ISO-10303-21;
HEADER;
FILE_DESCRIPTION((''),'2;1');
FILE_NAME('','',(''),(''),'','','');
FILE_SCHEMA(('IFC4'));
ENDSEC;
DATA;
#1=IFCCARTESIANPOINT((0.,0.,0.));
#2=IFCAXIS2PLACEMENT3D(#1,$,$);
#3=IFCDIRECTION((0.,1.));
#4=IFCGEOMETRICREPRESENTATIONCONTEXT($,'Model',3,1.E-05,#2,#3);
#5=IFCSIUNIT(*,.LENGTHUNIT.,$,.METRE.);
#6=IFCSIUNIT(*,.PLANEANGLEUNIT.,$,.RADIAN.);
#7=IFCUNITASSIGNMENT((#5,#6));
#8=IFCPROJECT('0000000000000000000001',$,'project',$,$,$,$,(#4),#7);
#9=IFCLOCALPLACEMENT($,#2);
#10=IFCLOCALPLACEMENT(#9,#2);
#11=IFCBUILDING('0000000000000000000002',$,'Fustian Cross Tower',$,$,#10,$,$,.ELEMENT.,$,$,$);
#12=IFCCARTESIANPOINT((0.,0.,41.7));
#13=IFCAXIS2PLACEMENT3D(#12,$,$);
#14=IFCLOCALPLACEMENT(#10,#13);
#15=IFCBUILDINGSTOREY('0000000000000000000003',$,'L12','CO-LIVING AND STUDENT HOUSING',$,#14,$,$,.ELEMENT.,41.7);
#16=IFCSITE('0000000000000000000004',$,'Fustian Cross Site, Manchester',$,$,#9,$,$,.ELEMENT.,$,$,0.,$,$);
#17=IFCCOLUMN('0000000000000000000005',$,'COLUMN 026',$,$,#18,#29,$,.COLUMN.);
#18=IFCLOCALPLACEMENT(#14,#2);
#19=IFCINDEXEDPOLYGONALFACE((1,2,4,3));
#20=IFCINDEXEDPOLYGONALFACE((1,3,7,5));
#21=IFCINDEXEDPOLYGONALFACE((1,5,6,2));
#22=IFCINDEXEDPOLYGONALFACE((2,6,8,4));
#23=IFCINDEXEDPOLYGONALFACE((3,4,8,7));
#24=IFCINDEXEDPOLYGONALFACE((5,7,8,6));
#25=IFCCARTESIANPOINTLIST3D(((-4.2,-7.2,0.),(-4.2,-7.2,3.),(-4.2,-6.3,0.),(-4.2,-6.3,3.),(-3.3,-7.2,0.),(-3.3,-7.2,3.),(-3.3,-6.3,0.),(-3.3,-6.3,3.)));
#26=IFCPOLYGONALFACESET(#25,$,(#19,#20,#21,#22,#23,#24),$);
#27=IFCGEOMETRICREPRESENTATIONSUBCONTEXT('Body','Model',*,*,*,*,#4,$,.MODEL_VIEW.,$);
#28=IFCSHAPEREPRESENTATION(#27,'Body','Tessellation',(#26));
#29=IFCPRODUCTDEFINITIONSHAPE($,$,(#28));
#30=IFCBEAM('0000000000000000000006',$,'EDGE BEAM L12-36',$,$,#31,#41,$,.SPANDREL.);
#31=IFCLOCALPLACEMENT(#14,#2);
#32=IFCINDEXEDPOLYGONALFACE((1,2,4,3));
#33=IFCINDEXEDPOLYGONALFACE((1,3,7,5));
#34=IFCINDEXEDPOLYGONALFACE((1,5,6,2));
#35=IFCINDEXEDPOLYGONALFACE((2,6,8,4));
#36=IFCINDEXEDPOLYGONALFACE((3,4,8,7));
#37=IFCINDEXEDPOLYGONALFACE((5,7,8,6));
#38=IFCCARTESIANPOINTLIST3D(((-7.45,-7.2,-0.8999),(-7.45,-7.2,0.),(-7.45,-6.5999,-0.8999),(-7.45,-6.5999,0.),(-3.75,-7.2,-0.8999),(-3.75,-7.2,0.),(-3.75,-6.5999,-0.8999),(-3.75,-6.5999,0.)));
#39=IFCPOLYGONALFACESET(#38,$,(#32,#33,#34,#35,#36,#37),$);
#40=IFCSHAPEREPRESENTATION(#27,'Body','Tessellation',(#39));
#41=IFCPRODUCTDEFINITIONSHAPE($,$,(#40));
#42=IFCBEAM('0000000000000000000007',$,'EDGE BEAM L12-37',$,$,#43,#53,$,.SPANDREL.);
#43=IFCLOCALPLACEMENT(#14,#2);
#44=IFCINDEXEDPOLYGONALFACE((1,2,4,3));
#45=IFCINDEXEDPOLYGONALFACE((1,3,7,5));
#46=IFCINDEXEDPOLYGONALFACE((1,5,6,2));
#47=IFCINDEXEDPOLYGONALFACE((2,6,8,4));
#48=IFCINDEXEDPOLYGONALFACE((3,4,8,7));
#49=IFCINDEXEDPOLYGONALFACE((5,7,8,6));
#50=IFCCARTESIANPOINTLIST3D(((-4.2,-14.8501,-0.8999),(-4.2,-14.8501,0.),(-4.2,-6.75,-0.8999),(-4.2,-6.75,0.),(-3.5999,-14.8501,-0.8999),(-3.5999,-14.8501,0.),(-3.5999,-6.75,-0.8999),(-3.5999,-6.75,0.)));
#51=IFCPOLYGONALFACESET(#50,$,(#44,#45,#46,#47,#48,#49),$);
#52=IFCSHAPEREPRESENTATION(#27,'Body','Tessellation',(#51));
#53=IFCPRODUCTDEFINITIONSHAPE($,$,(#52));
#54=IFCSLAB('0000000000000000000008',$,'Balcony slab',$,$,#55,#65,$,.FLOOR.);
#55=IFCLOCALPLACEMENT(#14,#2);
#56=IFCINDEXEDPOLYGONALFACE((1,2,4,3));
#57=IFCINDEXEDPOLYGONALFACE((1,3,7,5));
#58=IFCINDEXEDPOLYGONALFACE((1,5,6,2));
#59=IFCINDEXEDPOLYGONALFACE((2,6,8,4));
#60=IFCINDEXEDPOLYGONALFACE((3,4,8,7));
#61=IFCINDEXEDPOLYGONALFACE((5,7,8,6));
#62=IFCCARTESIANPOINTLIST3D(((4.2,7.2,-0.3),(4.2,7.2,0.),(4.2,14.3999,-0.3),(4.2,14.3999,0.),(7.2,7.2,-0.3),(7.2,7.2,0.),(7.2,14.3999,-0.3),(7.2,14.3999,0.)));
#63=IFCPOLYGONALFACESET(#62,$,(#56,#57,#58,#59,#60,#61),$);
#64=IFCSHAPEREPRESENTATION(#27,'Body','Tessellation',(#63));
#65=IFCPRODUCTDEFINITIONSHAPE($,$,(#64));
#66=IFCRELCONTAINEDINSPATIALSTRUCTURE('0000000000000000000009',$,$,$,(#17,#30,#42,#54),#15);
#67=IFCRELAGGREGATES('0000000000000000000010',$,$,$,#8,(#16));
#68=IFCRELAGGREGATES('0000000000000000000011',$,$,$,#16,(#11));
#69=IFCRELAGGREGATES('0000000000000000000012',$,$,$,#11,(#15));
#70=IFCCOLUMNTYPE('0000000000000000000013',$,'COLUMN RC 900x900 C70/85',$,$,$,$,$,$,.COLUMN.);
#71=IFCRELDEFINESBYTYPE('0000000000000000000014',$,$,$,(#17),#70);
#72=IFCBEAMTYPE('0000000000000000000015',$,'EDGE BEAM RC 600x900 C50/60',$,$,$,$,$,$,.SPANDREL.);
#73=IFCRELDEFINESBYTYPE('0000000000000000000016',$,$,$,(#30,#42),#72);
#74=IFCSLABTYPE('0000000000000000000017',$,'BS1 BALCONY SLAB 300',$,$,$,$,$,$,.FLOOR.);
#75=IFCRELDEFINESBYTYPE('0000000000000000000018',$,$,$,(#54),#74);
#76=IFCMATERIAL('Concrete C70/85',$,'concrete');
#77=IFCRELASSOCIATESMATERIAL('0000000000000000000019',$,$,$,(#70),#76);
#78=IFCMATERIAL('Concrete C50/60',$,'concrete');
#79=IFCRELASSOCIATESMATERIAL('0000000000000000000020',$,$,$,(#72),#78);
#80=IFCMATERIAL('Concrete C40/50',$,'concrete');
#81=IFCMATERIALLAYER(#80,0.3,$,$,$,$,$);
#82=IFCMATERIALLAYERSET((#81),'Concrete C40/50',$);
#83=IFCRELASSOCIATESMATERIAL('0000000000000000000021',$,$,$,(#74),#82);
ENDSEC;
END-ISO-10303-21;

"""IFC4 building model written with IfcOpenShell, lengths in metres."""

from ifc_helpers import new_model, si_unit, direction, frame, origin, origin_2d, place, context, subcontext, project, spatial, polyline, rectangle, outline, extrude, material, layer, layer_set, material_profile, profile_set, type_object, element, save


model = new_model("IFC4")

# Units and contexts
model_context = context("Model", 3, precision=1e-05, world=origin(), true_north=direction((0.0, 1.0)))
body_context = subcontext(model_context, "Body", "Model", "MODEL_VIEW")
ifc_project = project(units=[si_unit("LENGTHUNIT", "METRE"), si_unit("PLANEANGLEUNIT", "RADIAN")], contexts=[model_context])

# Site, building, storey
site_placement = place(None, origin())
site = spatial("IfcSite", under=ifc_project, at=site_placement, Name="Fustian Cross Site, Manchester", CompositionType="ELEMENT", RefElevation=0.0)
building_placement = place(site_placement, origin())
building = spatial("IfcBuilding", under=site, at=building_placement, Name="Fustian Cross Tower", CompositionType="ELEMENT")
storey_placement = place(building_placement, frame((0.0, 0.0, 41.7)))
storey = spatial("IfcBuildingStorey", under=building, at=storey_placement, Name="L12", Description="CO-LIVING AND STUDENT HOUSING", CompositionType="ELEMENT", Elevation=41.7)

# Column
ifc_material_1 = material(Name="Concrete C70/85", Category="concrete")
ifc_material_profile_1 = material_profile(ifc_material_1, rectangle(XDim=0.8999, YDim=0.8999, at=origin_2d()), Name="RC 900x900")
ifc_profile_set_1 = profile_set([ifc_material_profile_1], Name="Concrete C70/85")
column_type = type_object("IfcColumnType", Name="COLUMN RC 900x900 C70/85", PredefinedType="COLUMN", material=ifc_profile_set_1)
column_placement = place(storey_placement, frame((-3.75, -6.75, 0.0), z_axis=(0.0, 0.0, 1.0), x_axis=(1.0, 0.0, 0.0)))
element("IfcColumn", 1, at=column_placement, inside=storey, type_object=column_type, Name="COLUMN 026", PredefinedType="COLUMN", context=body_context, shape_type="SweptSolid", body=[
    extrude(rectangle(XDim=0.8999, YDim=0.8999, at=origin_2d()), origin(), (0.0, 0.0, 1.0), 3.0),
])

# Beams
ifc_material_2 = material(Name="Concrete C50/60", Category="concrete")
ifc_material_profile_2 = material_profile(ifc_material_2, rectangle(XDim=0.6001, YDim=0.8999, at=origin_2d()), Name="RC 600x900")
ifc_profile_set_2 = profile_set([ifc_material_profile_2], Name="Concrete C50/60")
beam_type = type_object("IfcBeamType", Name="EDGE BEAM RC 600x900 C50/60", PredefinedType="SPANDREL", material=ifc_profile_set_2)
beam_1_placement = place(storey_placement, frame((-7.45, -6.8999, -0.45), z_axis=(1.0, 0.0, 0.0), x_axis=(0.0, 1.0, 0.0)))
element("IfcBeam", 2, at=beam_1_placement, inside=storey, type_object=beam_type, Name="EDGE BEAM L12-36", PredefinedType="SPANDREL", context=body_context, shape_type="SweptSolid", body=[
    extrude(rectangle(XDim=0.6001, YDim=0.8999, at=origin_2d()), origin(), (0.0, 0.0, 1.0), 3.7),
])
beam_2_placement = place(storey_placement, frame((-3.8999, -6.75, -0.45), z_axis=(0.0, -1.0, 0.0), x_axis=(1.0, 0.0, 0.0)))
element("IfcBeam", 3, at=beam_2_placement, inside=storey, type_object=beam_type, Name="EDGE BEAM L12-37", PredefinedType="SPANDREL", context=body_context, shape_type="SweptSolid", body=[
    extrude(rectangle(XDim=0.6001, YDim=0.8999, at=origin_2d()), origin(), (0.0, 0.0, 1.0), 8.1001),
])

# Slab
ifc_material_3 = material(Name="Concrete C40/50", Category="concrete")
ifc_layer_1 = layer(ifc_material_3, 0.3)
ifc_layer_set_1 = layer_set([ifc_layer_1], Name="Concrete C40/50")
slab_type_1 = type_object("IfcSlabType", Name="BS1 BALCONY SLAB 300", PredefinedType="FLOOR", material=ifc_layer_set_1)
slab_1_placement = place(storey_placement, frame((0.0, 0.0, -0.3)))
element("IfcSlab", 4, at=slab_1_placement, inside=storey, type_object=slab_type_1, Name="Balcony slab", PredefinedType="FLOOR", context=body_context, shape_type="SweptSolid", body=[
    extrude(outline(polyline([(4.2, 7.2), (7.2, 7.2), (7.2, 14.3999), (4.2, 14.3999), (4.2, 7.2)])), origin(), (0.0, 0.0, 1.0), 0.3),
])

save(model, "model.ifc")
